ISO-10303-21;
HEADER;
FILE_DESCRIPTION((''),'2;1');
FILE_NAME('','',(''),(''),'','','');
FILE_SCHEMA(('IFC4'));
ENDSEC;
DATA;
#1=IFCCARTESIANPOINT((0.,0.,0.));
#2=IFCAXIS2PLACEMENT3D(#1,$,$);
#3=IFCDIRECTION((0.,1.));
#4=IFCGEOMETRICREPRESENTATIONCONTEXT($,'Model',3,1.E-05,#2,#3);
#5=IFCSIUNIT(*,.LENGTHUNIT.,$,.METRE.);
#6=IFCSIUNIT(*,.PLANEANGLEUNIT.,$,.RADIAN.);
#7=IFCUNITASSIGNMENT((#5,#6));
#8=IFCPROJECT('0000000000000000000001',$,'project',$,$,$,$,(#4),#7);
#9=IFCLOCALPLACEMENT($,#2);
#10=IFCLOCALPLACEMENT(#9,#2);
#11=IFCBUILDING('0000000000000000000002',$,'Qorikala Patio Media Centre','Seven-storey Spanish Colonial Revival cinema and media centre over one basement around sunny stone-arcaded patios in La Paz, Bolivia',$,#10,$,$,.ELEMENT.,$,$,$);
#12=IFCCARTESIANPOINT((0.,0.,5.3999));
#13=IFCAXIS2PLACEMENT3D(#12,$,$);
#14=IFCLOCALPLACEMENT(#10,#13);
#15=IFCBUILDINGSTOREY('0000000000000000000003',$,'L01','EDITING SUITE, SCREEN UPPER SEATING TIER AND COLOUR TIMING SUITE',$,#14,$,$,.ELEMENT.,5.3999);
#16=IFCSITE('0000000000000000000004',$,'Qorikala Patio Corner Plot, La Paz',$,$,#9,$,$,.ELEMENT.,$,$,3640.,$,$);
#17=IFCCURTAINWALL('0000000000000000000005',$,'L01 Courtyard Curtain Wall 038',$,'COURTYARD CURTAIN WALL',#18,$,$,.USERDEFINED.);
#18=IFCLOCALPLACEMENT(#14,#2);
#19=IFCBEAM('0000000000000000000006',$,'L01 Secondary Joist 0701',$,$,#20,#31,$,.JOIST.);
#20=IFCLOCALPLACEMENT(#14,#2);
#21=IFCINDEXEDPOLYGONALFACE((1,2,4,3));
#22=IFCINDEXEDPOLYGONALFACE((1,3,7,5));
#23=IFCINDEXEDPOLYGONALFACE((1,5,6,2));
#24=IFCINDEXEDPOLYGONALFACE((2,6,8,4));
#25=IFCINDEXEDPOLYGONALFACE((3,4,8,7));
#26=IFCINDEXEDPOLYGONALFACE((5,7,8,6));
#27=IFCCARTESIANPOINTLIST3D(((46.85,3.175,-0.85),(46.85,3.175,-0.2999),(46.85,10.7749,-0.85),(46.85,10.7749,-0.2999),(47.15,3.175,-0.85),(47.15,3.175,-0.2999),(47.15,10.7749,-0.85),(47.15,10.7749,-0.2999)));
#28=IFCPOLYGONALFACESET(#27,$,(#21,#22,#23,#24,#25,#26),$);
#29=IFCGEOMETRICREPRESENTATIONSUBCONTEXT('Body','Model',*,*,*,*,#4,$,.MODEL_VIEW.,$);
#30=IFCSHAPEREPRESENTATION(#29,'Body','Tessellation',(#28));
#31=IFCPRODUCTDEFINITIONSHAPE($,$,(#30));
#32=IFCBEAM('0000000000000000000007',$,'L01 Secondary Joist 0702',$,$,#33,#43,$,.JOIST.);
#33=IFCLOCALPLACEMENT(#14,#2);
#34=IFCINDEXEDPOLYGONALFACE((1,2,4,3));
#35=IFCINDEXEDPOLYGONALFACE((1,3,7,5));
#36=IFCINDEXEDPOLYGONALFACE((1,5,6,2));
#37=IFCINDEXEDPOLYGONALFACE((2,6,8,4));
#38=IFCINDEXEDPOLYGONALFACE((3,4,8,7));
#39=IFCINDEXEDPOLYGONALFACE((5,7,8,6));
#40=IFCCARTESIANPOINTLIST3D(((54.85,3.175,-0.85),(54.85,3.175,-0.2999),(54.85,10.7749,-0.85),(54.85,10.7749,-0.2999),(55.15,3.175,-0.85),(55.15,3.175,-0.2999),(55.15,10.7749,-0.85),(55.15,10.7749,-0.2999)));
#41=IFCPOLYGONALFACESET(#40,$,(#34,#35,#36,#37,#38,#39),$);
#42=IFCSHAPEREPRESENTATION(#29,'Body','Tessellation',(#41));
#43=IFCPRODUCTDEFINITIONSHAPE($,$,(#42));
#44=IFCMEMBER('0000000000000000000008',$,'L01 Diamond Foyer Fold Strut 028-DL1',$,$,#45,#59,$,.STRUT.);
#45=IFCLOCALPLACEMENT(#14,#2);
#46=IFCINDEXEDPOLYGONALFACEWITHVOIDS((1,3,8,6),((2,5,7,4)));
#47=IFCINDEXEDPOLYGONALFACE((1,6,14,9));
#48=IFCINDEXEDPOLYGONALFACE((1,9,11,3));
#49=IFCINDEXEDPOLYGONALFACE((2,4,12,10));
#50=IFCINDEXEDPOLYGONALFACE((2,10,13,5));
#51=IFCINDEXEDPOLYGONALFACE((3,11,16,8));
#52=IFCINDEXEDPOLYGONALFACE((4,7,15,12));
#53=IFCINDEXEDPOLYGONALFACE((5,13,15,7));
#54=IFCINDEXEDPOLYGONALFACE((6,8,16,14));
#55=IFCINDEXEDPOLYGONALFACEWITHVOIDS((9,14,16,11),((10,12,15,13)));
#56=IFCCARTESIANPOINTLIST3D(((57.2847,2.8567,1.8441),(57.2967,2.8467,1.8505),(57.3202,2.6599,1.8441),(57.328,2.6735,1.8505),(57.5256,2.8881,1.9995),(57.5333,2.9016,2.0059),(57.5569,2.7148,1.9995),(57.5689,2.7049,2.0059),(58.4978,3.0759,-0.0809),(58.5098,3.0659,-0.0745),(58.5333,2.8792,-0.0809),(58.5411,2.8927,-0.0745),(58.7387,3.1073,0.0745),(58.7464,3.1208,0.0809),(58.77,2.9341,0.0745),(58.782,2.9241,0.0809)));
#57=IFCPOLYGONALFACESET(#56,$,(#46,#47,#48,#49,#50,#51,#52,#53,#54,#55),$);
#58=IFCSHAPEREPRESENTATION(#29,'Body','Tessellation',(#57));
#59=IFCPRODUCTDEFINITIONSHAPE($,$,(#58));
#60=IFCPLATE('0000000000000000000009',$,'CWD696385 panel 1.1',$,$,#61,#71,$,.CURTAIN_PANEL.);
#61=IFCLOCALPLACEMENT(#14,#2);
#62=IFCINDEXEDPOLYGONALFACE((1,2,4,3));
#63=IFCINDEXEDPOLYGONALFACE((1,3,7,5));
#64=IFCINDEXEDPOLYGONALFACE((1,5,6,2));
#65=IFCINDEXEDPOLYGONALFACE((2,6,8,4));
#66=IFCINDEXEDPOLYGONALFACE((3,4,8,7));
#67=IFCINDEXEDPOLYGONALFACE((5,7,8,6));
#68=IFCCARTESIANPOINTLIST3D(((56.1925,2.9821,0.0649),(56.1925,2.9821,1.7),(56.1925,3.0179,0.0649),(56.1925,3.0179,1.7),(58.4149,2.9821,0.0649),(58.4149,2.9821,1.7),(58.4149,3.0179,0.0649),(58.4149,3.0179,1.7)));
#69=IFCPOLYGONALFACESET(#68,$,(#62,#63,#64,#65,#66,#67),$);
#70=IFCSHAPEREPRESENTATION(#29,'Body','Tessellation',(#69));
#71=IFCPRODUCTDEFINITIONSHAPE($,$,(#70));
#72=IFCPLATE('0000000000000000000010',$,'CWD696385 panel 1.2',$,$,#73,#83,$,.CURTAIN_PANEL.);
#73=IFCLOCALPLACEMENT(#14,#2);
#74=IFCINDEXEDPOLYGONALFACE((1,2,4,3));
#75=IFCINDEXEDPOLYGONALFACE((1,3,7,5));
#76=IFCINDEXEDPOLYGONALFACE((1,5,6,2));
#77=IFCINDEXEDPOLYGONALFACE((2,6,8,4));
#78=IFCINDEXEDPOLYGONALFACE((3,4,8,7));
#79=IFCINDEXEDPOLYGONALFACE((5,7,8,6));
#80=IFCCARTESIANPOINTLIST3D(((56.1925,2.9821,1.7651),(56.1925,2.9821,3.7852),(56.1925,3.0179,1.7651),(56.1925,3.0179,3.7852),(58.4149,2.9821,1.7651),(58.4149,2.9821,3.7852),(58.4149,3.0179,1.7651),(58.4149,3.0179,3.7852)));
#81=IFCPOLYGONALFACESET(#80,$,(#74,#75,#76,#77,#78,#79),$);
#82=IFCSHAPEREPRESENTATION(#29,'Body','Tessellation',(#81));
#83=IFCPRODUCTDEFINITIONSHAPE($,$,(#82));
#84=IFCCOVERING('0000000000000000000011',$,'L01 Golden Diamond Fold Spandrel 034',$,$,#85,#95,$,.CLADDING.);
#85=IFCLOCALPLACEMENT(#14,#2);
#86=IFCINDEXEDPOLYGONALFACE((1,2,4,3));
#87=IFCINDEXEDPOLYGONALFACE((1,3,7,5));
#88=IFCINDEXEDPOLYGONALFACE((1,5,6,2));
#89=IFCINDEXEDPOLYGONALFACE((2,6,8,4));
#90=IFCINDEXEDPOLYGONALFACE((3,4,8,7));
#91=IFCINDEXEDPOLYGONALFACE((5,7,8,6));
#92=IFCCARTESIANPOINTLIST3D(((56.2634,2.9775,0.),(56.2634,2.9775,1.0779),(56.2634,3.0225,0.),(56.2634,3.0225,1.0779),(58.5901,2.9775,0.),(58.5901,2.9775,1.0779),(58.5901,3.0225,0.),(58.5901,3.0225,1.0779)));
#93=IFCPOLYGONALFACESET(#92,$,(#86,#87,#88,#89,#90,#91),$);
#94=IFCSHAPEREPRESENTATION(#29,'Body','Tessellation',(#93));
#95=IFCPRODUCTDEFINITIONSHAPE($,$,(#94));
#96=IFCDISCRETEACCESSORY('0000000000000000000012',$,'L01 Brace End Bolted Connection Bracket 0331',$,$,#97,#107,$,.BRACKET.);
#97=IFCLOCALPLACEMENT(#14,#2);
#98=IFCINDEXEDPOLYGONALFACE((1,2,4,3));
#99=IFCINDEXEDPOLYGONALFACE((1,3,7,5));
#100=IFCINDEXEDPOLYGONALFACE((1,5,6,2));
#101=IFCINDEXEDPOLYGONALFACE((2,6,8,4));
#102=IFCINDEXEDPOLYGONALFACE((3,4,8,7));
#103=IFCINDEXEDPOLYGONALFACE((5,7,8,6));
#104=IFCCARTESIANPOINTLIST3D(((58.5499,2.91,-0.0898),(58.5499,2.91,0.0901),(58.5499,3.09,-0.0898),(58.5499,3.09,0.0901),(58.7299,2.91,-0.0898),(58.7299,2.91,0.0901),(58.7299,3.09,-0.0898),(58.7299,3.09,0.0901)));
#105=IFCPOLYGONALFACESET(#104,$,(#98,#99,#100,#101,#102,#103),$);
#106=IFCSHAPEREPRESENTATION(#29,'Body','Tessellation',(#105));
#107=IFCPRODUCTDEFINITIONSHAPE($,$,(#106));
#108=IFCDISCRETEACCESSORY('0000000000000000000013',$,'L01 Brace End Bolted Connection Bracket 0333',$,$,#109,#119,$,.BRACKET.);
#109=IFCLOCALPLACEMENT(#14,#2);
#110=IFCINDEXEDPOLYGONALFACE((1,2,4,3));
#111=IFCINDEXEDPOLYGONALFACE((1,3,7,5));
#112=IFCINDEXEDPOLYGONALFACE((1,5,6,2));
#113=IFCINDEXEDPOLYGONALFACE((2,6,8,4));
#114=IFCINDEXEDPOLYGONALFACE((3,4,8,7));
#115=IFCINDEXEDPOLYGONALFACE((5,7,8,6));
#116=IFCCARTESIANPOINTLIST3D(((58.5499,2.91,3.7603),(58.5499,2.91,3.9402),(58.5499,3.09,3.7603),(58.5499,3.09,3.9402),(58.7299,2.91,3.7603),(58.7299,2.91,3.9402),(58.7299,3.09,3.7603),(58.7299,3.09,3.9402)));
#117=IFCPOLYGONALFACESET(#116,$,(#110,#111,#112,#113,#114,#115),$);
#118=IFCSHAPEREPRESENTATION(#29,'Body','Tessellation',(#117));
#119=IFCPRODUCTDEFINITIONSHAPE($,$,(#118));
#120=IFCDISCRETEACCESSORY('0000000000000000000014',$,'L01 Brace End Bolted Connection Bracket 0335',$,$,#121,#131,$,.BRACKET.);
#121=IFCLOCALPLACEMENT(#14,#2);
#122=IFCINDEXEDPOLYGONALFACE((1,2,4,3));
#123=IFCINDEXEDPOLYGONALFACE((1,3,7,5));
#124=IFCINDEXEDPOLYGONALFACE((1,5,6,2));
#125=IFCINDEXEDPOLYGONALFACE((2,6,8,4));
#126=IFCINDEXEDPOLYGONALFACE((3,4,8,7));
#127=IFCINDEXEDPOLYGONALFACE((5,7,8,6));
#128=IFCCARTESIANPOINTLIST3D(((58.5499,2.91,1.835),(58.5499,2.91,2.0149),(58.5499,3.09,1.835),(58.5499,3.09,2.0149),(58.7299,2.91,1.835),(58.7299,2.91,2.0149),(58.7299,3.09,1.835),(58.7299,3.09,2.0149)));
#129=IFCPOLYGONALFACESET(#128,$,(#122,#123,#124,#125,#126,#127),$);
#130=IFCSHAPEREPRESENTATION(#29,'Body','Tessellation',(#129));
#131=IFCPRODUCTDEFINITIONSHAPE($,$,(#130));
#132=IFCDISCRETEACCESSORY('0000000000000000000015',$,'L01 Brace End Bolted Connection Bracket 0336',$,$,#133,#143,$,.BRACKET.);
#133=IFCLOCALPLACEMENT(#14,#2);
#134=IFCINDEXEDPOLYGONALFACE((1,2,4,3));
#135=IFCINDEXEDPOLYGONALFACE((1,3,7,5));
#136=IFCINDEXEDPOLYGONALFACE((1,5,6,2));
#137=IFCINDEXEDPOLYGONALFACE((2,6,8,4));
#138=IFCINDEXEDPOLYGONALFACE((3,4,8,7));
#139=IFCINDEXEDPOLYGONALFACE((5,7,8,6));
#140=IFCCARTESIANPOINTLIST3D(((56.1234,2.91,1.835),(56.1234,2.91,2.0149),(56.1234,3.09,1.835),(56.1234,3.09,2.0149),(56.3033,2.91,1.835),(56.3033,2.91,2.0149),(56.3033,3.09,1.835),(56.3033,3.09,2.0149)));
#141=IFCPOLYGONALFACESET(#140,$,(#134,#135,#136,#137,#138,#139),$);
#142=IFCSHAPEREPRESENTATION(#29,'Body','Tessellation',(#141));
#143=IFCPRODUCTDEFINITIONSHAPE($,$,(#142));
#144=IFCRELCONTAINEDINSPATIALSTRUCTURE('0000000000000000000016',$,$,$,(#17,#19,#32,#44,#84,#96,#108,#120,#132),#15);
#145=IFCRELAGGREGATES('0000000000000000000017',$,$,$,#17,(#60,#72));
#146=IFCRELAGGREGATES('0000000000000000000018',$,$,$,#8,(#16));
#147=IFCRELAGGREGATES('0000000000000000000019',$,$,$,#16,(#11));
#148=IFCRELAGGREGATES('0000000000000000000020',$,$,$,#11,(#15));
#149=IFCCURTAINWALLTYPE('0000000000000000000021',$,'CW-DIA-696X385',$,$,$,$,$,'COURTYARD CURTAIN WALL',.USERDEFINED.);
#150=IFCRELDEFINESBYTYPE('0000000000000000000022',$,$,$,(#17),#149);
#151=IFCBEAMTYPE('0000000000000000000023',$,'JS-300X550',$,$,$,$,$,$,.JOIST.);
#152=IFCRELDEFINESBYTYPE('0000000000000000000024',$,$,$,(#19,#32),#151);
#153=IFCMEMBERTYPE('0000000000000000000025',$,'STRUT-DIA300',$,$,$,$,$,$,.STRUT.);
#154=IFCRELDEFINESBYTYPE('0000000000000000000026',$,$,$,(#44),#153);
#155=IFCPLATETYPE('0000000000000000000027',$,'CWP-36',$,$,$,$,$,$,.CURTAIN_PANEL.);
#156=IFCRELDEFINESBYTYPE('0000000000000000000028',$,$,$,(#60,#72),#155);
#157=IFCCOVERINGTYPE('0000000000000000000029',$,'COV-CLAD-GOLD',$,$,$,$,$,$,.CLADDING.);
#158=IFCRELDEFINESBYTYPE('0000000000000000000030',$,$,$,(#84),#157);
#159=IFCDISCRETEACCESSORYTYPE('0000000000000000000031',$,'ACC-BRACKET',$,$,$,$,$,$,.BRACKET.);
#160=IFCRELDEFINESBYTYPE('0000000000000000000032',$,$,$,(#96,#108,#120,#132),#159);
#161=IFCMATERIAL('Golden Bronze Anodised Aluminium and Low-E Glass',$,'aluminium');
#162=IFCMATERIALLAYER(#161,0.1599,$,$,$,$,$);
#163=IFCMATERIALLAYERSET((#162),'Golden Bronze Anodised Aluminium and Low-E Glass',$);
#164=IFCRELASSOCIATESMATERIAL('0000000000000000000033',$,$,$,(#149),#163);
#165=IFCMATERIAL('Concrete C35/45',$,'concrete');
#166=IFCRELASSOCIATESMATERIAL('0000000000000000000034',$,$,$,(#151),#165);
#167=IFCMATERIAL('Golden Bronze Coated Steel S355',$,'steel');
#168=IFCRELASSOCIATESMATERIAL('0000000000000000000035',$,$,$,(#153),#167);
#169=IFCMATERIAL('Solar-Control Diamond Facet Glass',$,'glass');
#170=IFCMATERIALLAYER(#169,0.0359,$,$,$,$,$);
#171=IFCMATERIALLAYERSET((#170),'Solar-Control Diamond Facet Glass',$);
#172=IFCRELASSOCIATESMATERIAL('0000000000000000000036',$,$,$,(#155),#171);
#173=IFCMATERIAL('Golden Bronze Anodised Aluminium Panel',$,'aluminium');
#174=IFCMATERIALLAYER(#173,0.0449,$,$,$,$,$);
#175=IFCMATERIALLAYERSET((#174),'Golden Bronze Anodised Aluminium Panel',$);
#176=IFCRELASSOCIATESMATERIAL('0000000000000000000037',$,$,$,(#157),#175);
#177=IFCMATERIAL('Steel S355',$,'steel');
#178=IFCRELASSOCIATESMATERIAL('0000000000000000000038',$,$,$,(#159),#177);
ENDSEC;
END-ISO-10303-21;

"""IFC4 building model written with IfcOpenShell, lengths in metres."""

from ifc_helpers import new_model, si_unit, direction, frame, origin, origin_2d, place, context, subcontext, project, spatial, rectangle, hollow_rectangle, extrude, material, layer, layer_set, material_profile, profile_set, type_object, element, aggregate, save


model = new_model("IFC4")

# Units and contexts
model_context = context("Model", 3, precision=1e-05, world=origin(), true_north=direction((0.0, 1.0)))
body_context = subcontext(model_context, "Body", "Model", "MODEL_VIEW")
ifc_project = project(units=[si_unit("LENGTHUNIT", "METRE"), si_unit("PLANEANGLEUNIT", "RADIAN")], contexts=[model_context])

# Site, building, storey
site_placement = place(None, origin())
site = spatial("IfcSite", under=ifc_project, at=site_placement, Name="Qorikala Patio Corner Plot, La Paz", CompositionType="ELEMENT", RefElevation=3640.0)
building_placement = place(site_placement, origin())
building = spatial("IfcBuilding", under=site, at=building_placement, Name="Qorikala Patio Media Centre", Description="Seven-storey Spanish Colonial Revival cinema and media centre over one basement around sunny stone-arcaded patios in La Paz, Bolivia", CompositionType="ELEMENT")
storey_placement = place(building_placement, frame((0.0, 0.0, 5.3999)))
storey = spatial("IfcBuildingStorey", under=building, at=storey_placement, Name="L01", Description="EDITING SUITE, SCREEN UPPER SEATING TIER AND COLOUR TIMING SUITE", CompositionType="ELEMENT", Elevation=5.3999)

# Shared definitions
ifc_material_1 = material(Name="Concrete C35/45", Category="concrete")

# Shared definitions
ifc_material_2 = material(Name="Golden Bronze Coated Steel S355", Category="steel")

# Curtain wall
ifc_material_3 = material(Name="Golden Bronze Anodised Aluminium and Low-E Glass", Category="aluminium")
ifc_layer_1 = layer(ifc_material_3, 0.1599)
ifc_layer_set_1 = layer_set([ifc_layer_1], Name="Golden Bronze Anodised Aluminium and Low-E Glass")
curtain_wall_type = type_object("IfcCurtainWallType", Name="CW-DIA-696X385", ElementType="COURTYARD CURTAIN WALL", PredefinedType="USERDEFINED", material=ifc_layer_set_1)
curtain_wall_placement = place(storey_placement, origin())
curtain_wall = element("IfcCurtainWall", 1, at=curtain_wall_placement, inside=storey, type_object=curtain_wall_type, Name="L01 Courtyard Curtain Wall 038", ObjectType="COURTYARD CURTAIN WALL", PredefinedType="USERDEFINED")

# Beams
ifc_material_profile_1 = material_profile(ifc_material_1, rectangle(XDim=0.3, YDim=0.55, at=origin_2d()), Name="RC 300x550")
ifc_profile_set_1 = profile_set([ifc_material_profile_1], Name="Concrete C35/45")
beam_type_1 = type_object("IfcBeamType", Name="JS-300X550", PredefinedType="JOIST", material=ifc_profile_set_1)
for number, where, z_axis, x_axis, name in (
    (2, (47.0, 3.175, -0.575), (0.0, 1.0, 0.0), (-1.0, 0.0, 0.0), "L01 Secondary Joist 0701"),
    (3, (55.0, 3.175, -0.575), (0.0, 1.0, 0.0), (-1.0, 0.0, 0.0), "L01 Secondary Joist 0702"),
):
    element("IfcBeam", number, at=place(storey_placement, frame(where, z_axis=z_axis, x_axis=x_axis)), inside=storey, type_object=beam_type_1, Name=name, PredefinedType="JOIST", context=body_context, shape_type="SweptSolid", body=[
        extrude(rectangle(XDim=0.3, YDim=0.55, at=origin_2d()), origin(), (0.0, 0.0, 1.0), 7.5999),
    ])

# Member
ifc_material_profile_2 = material_profile(ifc_material_2, hollow_rectangle(XDim=0.2, YDim=0.3, WallThickness=0.012, at=origin_2d()), Name="HSS300X200X12")
ifc_profile_set_2 = profile_set([ifc_material_profile_2], Name="Golden Bronze Coated Steel S355")
member_type_1 = type_object("IfcMemberType", Name="STRUT-DIA300", PredefinedType="STRUT", material=ifc_profile_set_2)
member_1_placement = place(storey_placement, frame((58.6399, 3.0, 0.0), z_axis=(-0.530691, -0.095907, 0.842121), x_axis=(0.17784, -0.984059, 0.0)))
element("IfcMember", 4, at=member_1_placement, inside=storey, type_object=member_type_1, Name="L01 Diamond Foyer Fold Strut 028-DL1", PredefinedType="STRUT", context=body_context, shape_type="SweptSolid", body=[
    extrude(hollow_rectangle(XDim=0.2, YDim=0.3, WallThickness=0.012, at=origin_2d()), origin(), (0.0, 0.0, 1.0), 2.2859),
])

# Plates
ifc_material_4 = material(Name="Solar-Control Diamond Facet Glass", Category="glass")
ifc_layer_2 = layer(ifc_material_4, 0.0359)
ifc_layer_set_2 = layer_set([ifc_layer_2], Name="Solar-Control Diamond Facet Glass")
plate_type = type_object("IfcPlateType", Name="CWP-36", PredefinedType="CURTAIN_PANEL", material=ifc_layer_set_2)
plate_1_placement = place(storey_placement, frame((57.3037, 3.0, 0.0649), z_axis=(0.0, 0.0, 1.0), x_axis=(-1.0, 0.0, 0.0)))
plate_1 = element("IfcPlate", 5, at=plate_1_placement, type_object=plate_type, Name="CWD696385 panel 1.1", PredefinedType="CURTAIN_PANEL", context=body_context, shape_type="SweptSolid", body=[
    extrude(rectangle(XDim=2.2224, YDim=0.0359, at=origin_2d()), origin(), (0.0, 0.0, 1.0), 1.635),
])
plate_2_placement = place(storey_placement, frame((57.3037, 3.0, 1.7651), z_axis=(0.0, 0.0, 1.0), x_axis=(-1.0, 0.0, 0.0)))
plate_2 = element("IfcPlate", 6, at=plate_2_placement, type_object=plate_type, Name="CWD696385 panel 1.2", PredefinedType="CURTAIN_PANEL", context=body_context, shape_type="SweptSolid", body=[
    extrude(rectangle(XDim=2.2224, YDim=0.0359, at=origin_2d()), origin(), (0.0, 0.0, 1.0), 2.02),
])
aggregate(curtain_wall, [plate_1, plate_2])

# Covering
ifc_material_5 = material(Name="Golden Bronze Anodised Aluminium Panel", Category="aluminium")
ifc_layer_3 = layer(ifc_material_5, 0.0449)
ifc_layer_set_3 = layer_set([ifc_layer_3], Name="Golden Bronze Anodised Aluminium Panel")
covering_type = type_object("IfcCoveringType", Name="COV-CLAD-GOLD", PredefinedType="CLADDING", material=ifc_layer_set_3)
covering_placement = place(storey_placement, frame((57.4268, 3.0, 0.0), z_axis=(0.0, 0.0, 1.0), x_axis=(-1.0, 0.0, 0.0)))
element("IfcCovering", 7, at=covering_placement, inside=storey, type_object=covering_type, Name="L01 Golden Diamond Fold Spandrel 034", PredefinedType="CLADDING", context=body_context, shape_type="SweptSolid", body=[
    extrude(rectangle(XDim=2.3267, YDim=0.0449, at=origin_2d()), origin(), (0.0, 0.0, 1.0), 1.0779),
])

# Discrete accessories
ifc_material_6 = material(Name="Steel S355", Category="steel")
discrete_accessory_type = type_object("IfcDiscreteAccessoryType", Name="ACC-BRACKET", PredefinedType="BRACKET", material=ifc_material_6)
for number, where, z_axis, x_axis, name in (
    (8, (58.6399, 3.0, -0.0898), (0.0, 0.0, 1.0), (1.0, 0.0, 0.0), "L01 Brace End Bolted Connection Bracket 0331"),
    (9, (58.6399, 3.0, 3.7603), (0.0, 0.0, 1.0), (1.0, 0.0, 0.0), "L01 Brace End Bolted Connection Bracket 0333"),
    (10, (58.6399, 3.0, 1.835), (0.0, 0.0, 1.0), (1.0, 0.0, 0.0), "L01 Brace End Bolted Connection Bracket 0335"),
    (11, (56.2134, 3.0, 1.835), (0.0, 0.0, 1.0), (1.0, 0.0, 0.0), "L01 Brace End Bolted Connection Bracket 0336"),
):
    element("IfcDiscreteAccessory", number, at=place(storey_placement, frame(where, z_axis=z_axis, x_axis=x_axis)), inside=storey, type_object=discrete_accessory_type, Name=name, PredefinedType="BRACKET", context=body_context, shape_type="SweptSolid", body=[
        extrude(rectangle(XDim=0.1799, YDim=0.1799, at=origin_2d()), origin(), (0.0, 0.0, 1.0), 0.1799),
    ])

save(model, "model.ifc")
